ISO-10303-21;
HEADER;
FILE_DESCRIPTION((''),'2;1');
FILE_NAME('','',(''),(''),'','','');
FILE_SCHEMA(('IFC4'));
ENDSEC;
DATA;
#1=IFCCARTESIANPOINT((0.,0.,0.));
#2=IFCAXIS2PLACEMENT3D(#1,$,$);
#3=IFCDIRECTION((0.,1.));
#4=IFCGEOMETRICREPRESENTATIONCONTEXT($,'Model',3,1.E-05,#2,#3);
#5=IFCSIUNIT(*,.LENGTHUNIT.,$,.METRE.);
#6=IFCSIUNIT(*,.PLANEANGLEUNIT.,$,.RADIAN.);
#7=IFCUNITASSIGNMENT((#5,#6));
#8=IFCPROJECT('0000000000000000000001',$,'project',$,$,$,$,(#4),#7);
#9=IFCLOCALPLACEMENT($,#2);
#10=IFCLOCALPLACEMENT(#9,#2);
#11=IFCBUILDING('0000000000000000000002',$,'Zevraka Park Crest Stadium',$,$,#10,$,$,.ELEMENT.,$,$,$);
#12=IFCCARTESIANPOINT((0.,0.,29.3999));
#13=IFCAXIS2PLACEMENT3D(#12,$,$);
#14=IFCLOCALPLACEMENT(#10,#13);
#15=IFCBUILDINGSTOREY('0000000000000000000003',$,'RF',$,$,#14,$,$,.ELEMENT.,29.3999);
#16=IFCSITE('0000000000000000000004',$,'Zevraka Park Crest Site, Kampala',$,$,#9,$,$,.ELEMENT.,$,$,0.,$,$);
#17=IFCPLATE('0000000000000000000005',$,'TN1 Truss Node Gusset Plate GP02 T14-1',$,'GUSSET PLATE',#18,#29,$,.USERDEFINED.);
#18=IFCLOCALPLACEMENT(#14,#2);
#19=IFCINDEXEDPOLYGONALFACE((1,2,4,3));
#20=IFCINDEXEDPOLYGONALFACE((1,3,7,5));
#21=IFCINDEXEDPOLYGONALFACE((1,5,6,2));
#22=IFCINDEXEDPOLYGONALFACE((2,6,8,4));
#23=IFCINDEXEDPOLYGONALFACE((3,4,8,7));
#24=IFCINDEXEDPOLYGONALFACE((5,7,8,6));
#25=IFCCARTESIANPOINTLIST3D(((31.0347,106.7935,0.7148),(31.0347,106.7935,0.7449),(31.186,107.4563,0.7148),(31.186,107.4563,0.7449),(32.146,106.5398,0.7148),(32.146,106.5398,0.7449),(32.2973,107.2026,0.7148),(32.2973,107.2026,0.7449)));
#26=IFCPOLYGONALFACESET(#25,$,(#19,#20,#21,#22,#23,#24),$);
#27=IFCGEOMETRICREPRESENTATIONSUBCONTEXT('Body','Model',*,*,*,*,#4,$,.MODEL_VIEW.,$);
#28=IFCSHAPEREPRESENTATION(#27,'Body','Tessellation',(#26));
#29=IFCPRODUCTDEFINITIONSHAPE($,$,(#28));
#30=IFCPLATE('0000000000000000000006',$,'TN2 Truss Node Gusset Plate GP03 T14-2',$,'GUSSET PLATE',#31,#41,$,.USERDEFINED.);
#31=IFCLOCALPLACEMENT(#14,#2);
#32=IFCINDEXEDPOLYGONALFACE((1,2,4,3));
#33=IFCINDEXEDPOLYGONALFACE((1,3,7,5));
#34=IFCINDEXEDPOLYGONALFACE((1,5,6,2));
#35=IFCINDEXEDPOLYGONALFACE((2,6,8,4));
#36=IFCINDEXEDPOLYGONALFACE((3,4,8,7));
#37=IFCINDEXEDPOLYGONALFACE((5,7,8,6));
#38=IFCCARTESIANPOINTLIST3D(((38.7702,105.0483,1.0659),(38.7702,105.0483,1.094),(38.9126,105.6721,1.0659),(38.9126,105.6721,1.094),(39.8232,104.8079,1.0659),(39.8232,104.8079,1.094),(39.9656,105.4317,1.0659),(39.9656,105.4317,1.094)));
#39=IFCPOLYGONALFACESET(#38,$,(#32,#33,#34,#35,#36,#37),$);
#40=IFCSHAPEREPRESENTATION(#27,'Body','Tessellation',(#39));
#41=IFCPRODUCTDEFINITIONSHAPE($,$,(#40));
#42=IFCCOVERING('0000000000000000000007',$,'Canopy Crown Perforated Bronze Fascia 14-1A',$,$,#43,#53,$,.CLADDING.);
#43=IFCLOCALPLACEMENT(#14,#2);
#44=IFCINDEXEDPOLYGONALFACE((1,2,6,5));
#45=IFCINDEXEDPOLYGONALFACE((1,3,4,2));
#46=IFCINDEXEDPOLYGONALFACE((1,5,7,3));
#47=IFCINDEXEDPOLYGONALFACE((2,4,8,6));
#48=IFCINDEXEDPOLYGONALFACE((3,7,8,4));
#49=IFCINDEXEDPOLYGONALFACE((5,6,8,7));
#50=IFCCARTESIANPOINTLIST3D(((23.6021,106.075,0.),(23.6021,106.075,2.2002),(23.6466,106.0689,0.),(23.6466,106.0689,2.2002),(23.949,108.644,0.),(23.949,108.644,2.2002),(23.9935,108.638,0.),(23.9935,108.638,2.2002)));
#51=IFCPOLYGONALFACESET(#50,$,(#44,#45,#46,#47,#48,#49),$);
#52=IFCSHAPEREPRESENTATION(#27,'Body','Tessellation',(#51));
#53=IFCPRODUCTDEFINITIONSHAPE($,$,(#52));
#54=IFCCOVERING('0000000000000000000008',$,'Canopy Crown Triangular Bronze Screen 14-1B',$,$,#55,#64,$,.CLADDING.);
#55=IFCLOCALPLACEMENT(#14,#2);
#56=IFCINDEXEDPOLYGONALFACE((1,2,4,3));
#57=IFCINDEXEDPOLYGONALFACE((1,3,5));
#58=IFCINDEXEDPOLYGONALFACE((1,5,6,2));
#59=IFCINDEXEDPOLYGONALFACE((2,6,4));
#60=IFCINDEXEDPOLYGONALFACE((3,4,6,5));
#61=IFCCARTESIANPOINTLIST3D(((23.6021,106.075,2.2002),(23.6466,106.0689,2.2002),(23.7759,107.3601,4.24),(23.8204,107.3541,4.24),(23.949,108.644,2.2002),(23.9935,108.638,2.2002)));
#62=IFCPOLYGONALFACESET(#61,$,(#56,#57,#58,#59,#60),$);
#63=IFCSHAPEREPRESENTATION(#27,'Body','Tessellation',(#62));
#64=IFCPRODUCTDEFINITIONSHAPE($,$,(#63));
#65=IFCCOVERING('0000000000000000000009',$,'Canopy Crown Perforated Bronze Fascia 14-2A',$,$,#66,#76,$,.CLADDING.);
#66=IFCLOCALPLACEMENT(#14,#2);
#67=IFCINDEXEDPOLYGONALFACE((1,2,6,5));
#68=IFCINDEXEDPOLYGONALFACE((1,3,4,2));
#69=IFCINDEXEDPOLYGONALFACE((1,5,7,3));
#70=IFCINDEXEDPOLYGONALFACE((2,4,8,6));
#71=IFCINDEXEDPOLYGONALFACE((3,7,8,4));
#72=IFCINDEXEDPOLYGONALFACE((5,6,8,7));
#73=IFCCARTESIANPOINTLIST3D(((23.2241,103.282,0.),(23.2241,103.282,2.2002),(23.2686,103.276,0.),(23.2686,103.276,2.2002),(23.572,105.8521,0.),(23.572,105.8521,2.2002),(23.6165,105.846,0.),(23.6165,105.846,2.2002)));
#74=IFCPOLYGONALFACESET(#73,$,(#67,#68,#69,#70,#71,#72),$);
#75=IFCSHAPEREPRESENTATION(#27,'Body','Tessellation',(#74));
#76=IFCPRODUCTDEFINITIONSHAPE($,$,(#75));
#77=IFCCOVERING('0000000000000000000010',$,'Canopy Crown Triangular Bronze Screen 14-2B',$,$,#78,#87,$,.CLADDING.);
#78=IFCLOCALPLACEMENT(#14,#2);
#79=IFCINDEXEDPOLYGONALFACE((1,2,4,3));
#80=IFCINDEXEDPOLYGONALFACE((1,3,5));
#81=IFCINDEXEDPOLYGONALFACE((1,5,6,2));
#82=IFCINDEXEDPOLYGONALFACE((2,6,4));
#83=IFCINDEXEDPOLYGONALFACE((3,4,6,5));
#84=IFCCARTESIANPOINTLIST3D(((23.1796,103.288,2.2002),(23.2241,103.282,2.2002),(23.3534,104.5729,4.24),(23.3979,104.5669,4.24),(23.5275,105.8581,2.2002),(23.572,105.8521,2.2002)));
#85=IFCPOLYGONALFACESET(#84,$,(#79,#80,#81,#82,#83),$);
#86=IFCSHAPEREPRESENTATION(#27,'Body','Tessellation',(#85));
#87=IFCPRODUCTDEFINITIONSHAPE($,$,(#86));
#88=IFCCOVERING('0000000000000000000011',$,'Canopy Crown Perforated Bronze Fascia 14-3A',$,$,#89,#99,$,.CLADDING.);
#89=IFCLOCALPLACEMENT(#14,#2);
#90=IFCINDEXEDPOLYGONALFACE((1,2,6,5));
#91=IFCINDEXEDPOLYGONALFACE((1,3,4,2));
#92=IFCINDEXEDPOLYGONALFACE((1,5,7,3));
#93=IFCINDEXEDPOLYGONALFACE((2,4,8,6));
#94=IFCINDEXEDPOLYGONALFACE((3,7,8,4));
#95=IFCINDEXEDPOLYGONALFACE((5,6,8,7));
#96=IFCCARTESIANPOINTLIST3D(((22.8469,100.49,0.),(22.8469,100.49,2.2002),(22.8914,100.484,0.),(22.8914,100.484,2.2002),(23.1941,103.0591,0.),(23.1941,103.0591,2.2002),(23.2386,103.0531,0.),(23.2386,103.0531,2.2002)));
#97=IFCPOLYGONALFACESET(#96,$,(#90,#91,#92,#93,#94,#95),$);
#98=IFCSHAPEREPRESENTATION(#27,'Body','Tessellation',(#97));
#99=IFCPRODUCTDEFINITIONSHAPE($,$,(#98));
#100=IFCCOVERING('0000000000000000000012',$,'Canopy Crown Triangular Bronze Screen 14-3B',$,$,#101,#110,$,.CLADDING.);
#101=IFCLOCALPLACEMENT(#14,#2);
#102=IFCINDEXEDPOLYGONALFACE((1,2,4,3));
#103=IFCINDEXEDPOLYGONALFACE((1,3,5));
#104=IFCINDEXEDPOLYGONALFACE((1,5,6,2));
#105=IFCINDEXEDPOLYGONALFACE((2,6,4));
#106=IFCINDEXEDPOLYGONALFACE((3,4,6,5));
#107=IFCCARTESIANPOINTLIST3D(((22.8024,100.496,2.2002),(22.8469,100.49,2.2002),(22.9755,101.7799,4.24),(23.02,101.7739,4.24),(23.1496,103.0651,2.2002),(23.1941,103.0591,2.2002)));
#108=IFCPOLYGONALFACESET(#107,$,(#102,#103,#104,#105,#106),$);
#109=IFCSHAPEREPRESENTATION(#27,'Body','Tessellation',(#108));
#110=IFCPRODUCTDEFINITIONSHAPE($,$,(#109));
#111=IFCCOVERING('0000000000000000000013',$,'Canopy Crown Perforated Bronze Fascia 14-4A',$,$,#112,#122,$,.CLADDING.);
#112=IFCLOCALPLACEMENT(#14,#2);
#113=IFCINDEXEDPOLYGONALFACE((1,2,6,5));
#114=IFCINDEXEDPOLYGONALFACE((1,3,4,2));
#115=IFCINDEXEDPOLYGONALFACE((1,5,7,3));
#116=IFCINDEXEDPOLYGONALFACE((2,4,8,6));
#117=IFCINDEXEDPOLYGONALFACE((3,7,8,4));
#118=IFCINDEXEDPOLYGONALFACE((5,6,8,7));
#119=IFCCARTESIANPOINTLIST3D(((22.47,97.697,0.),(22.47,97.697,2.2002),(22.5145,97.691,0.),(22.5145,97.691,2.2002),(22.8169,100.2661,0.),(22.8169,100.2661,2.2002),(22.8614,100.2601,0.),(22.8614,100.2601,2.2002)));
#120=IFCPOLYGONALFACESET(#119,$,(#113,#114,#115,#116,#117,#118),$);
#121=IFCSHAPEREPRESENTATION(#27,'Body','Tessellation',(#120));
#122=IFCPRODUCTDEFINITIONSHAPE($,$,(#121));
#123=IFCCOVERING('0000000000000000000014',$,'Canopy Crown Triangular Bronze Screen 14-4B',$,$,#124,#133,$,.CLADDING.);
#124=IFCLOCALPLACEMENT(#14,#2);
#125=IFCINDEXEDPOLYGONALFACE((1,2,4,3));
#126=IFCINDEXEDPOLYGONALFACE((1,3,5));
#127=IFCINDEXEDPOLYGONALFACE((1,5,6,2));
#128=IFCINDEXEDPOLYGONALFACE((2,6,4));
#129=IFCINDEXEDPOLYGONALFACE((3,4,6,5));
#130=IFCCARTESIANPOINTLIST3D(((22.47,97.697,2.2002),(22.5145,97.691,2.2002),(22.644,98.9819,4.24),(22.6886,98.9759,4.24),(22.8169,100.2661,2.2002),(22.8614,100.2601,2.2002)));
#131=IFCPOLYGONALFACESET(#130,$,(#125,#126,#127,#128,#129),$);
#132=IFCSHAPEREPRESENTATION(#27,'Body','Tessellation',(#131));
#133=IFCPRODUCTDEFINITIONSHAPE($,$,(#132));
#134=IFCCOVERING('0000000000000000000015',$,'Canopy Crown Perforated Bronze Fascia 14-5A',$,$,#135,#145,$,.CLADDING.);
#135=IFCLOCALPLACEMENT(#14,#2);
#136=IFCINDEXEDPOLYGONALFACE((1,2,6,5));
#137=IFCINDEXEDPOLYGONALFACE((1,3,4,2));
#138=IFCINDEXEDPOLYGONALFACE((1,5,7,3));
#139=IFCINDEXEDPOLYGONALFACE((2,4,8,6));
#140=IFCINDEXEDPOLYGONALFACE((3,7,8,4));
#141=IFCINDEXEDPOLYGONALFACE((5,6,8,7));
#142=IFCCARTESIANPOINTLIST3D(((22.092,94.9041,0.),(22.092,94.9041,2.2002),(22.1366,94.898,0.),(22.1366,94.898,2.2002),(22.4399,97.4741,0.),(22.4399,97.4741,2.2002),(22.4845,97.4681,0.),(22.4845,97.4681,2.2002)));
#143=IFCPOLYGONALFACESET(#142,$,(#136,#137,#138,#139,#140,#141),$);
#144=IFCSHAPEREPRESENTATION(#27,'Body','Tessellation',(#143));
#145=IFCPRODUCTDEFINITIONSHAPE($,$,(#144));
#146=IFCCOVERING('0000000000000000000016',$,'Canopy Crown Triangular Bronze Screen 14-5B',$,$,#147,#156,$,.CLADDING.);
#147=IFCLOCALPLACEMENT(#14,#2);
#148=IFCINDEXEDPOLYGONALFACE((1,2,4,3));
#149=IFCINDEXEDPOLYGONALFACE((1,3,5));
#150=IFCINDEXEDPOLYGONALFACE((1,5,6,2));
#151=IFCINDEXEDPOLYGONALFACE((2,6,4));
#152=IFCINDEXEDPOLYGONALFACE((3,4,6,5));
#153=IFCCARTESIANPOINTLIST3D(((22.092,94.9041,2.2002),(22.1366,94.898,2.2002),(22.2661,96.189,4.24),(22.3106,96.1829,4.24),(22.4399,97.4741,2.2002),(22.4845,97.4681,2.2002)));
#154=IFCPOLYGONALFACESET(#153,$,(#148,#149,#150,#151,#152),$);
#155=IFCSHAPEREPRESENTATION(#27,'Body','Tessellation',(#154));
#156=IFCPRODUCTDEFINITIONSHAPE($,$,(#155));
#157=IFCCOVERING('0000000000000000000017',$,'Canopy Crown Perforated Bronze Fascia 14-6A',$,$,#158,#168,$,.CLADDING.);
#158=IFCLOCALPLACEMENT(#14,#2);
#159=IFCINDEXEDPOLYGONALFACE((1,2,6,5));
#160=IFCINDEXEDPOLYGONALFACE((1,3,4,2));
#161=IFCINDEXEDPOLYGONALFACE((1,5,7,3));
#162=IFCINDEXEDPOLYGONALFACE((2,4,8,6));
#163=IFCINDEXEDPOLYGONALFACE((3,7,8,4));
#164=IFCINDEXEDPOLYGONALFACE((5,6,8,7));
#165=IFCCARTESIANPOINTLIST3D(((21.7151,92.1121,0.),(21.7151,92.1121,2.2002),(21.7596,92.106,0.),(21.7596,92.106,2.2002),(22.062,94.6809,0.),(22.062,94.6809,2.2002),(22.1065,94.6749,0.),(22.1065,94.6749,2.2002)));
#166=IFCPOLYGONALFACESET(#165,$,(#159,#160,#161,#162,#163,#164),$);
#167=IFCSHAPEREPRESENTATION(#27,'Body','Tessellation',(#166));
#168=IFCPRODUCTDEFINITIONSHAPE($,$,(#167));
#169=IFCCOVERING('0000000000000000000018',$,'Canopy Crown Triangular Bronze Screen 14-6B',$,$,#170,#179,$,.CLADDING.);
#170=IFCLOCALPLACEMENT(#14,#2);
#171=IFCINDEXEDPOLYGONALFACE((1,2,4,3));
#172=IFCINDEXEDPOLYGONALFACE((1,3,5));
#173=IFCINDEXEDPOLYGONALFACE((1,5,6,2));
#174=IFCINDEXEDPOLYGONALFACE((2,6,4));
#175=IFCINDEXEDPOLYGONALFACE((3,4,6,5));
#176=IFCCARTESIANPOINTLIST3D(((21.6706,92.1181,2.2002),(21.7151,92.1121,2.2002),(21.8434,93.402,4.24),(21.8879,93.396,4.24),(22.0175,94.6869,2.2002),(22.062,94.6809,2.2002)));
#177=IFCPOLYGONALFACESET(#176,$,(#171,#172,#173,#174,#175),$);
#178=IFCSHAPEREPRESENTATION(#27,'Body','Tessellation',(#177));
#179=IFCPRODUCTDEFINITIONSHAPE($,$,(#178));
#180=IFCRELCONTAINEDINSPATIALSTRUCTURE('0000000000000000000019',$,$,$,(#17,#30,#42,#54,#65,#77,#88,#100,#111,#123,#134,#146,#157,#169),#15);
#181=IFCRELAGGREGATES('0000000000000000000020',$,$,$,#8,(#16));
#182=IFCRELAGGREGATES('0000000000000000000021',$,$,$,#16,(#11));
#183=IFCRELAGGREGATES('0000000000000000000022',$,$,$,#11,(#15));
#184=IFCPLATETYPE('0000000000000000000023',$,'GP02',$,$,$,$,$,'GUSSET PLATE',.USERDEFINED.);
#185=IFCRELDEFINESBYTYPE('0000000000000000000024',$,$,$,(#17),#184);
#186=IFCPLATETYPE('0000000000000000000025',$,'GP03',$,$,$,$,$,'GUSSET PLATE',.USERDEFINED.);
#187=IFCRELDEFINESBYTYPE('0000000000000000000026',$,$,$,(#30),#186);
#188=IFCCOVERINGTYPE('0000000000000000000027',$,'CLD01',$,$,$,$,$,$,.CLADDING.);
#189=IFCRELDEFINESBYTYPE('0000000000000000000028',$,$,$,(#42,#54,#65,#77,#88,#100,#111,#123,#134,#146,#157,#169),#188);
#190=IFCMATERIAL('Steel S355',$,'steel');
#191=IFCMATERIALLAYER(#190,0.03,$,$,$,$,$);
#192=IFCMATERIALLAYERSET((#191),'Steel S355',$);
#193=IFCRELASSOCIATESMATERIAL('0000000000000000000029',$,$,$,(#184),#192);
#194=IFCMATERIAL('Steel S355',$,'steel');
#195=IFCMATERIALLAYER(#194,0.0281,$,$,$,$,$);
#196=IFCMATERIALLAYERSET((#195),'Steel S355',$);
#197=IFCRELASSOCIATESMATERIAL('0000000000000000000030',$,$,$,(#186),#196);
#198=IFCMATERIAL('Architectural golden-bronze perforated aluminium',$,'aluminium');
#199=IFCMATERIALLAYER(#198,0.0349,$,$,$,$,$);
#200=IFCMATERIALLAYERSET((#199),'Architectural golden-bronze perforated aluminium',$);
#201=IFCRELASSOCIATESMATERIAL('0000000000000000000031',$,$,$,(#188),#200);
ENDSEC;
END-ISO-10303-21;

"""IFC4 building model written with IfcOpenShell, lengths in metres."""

from ifc_helpers import new_model, si_unit, direction, frame, origin, origin_2d, place, context, subcontext, project, spatial, polyline, rectangle, outline, extrude, material, layer, layer_set, type_object, element, save


model = new_model("IFC4")

# Units and contexts
model_context = context("Model", 3, precision=1e-05, world=origin(), true_north=direction((0.0, 1.0)))
body_context = subcontext(model_context, "Body", "Model", "MODEL_VIEW")
ifc_project = project(units=[si_unit("LENGTHUNIT", "METRE"), si_unit("PLANEANGLEUNIT", "RADIAN")], contexts=[model_context])

# Site, building, storey
site_placement = place(None, origin())
site = spatial("IfcSite", under=ifc_project, at=site_placement, Name="Zevraka Park Crest Site, Kampala", CompositionType="ELEMENT", RefElevation=0.0)
building_placement = place(site_placement, origin())
building = spatial("IfcBuilding", under=site, at=building_placement, Name="Zevraka Park Crest Stadium", CompositionType="ELEMENT")
storey_placement = place(building_placement, frame((0.0, 0.0, 29.3999)))
storey = spatial("IfcBuildingStorey", under=building, at=storey_placement, Name="RF", CompositionType="ELEMENT", Elevation=29.3999)

# Plates
ifc_material_1 = material(Name="Steel S355", Category="steel")
ifc_layer_1 = layer(ifc_material_1, 0.03)
ifc_layer_set_1 = layer_set([ifc_layer_1], Name="Steel S355")
plate_type_1 = type_object("IfcPlateType", Name="GP02", ElementType="GUSSET PLATE", PredefinedType="USERDEFINED", material=ifc_layer_set_1)
plate_1_placement = place(storey_placement, frame((31.666, 106.998, 0.7148), z_axis=(0.0, 0.0, 1.0), x_axis=(-0.974917, 0.22257, 0.0)))
element("IfcPlate", 1, at=plate_1_placement, inside=storey, type_object=plate_type_1, Name="TN1 Truss Node Gusset Plate GP02 T14-1", ObjectType="GUSSET PLATE", PredefinedType="USERDEFINED", context=body_context, shape_type="SweptSolid", body=[
    extrude(rectangle(XDim=1.1399, YDim=0.6799, at=origin_2d()), origin(), (0.0, 0.0, 1.0), 0.03),
])
ifc_material_2 = material(Name="Steel S355", Category="steel")
ifc_layer_2 = layer(ifc_material_2, 0.0281)
ifc_layer_set_2 = layer_set([ifc_layer_2], Name="Steel S355")
plate_type_2 = type_object("IfcPlateType", Name="GP03", ElementType="GUSSET PLATE", PredefinedType="USERDEFINED", material=ifc_layer_set_2)
plate_2_placement = place(storey_placement, frame((39.3679, 105.24, 1.0659), z_axis=(0.0, 0.0, 1.0), x_axis=(-0.974917, 0.22257, 0.0)))
element("IfcPlate", 2, at=plate_2_placement, inside=storey, type_object=plate_type_2, Name="TN2 Truss Node Gusset Plate GP03 T14-2", ObjectType="GUSSET PLATE", PredefinedType="USERDEFINED", context=body_context, shape_type="SweptSolid", body=[
    extrude(rectangle(XDim=1.0801, YDim=0.6399, at=origin_2d()), origin(), (0.0, 0.0, 1.0), 0.0281),
])

# Coverings
ifc_material_3 = material(Name="Architectural golden-bronze perforated aluminium", Category="aluminium")
ifc_layer_3 = layer(ifc_material_3, 0.0349)
ifc_layer_set_3 = layer_set([ifc_layer_3], Name="Architectural golden-bronze perforated aluminium")
covering_type = type_object("IfcCoveringType", Name="CLD01", PredefinedType="CLADDING", material=ifc_layer_set_3)
covering_1_placement = place(storey_placement, frame((23.949, 108.644, 0.0), z_axis=(-0.991005, 0.133823, 0.0), x_axis=(-0.133823, -0.991005, 0.0)))
element("IfcCovering", 3, at=covering_1_placement, inside=storey, type_object=covering_type, Name="Canopy Crown Perforated Bronze Fascia 14-1A", PredefinedType="CLADDING", context=body_context, shape_type="SweptSolid", body=[
    extrude(outline(polyline([(0.0, 0.0), (2.5924, 0.0), (2.5924, 2.2002), (0.0, 2.2002), (0.0, 0.0)])), origin(), (0.0, 0.0, -1.0), 0.0449),
])
covering_2_placement = place(storey_placement, frame((23.949, 108.644, 2.2002), z_axis=(-0.991005, 0.133823, 0.000138), x_axis=(-0.133823, -0.991005, 0.0)))
element("IfcCovering", 4, at=covering_2_placement, inside=storey, type_object=covering_type, Name="Canopy Crown Triangular Bronze Screen 14-1B", PredefinedType="CLADDING", context=body_context, shape_type="SweptSolid", body=[
    extrude(outline(polyline([(0.0, 0.0), (2.5924, 0.0), (1.2956, 2.0398), (0.0, 0.0)])), origin(), (0.0, 0.0, -1.0), 0.0449),
])
covering_3_placement = place(storey_placement, frame((23.572, 105.8521, 0.0), z_axis=(-0.990962, 0.134143, 0.0), x_axis=(-0.134143, -0.990962, 0.0)))
element("IfcCovering", 5, at=covering_3_placement, inside=storey, type_object=covering_type, Name="Canopy Crown Perforated Bronze Fascia 14-2A", PredefinedType="CLADDING", context=body_context, shape_type="SweptSolid", body=[
    extrude(outline(polyline([(0.0, 0.0), (2.5935, 0.0), (2.5935, 2.2002), (0.0, 2.2002), (0.0, 0.0)])), origin(), (0.0, 0.0, -1.0), 0.0449),
])
covering_4_placement = place(storey_placement, frame((23.572, 105.8521, 2.2002), z_axis=(0.990962, -0.134143, 0.000051), x_axis=(-0.134143, -0.990962, 0.0)))
element("IfcCovering", 6, at=covering_4_placement, inside=storey, type_object=covering_type, Name="Canopy Crown Triangular Bronze Screen 14-2B", PredefinedType="CLADDING", context=body_context, shape_type="SweptSolid", body=[
    extrude(outline(polyline([(0.0, 0.0), (2.5935, 0.0), (1.2969, -2.0398), (0.0, 0.0)])), origin(), (0.0, 0.0, -1.0), 0.0449),
])
covering_5_placement = place(storey_placement, frame((23.1941, 103.0591, 0.0), z_axis=(-0.990993, 0.133915, 0.0), x_axis=(-0.133915, -0.990993, 0.0)))
element("IfcCovering", 7, at=covering_5_placement, inside=storey, type_object=covering_type, Name="Canopy Crown Perforated Bronze Fascia 14-3A", PredefinedType="CLADDING", context=body_context, shape_type="SweptSolid", body=[
    extrude(outline(polyline([(0.0, 0.0), (2.5924, 0.0), (2.5924, 2.2002), (0.0, 2.2002), (0.0, 0.0)])), origin(), (0.0, 0.0, -1.0), 0.0449),
])
covering_6_placement = place(storey_placement, frame((23.1941, 103.0591, 2.2002), z_axis=(0.990993, -0.133915, 0.000197), x_axis=(-0.133915, -0.990993, 0.0)))
element("IfcCovering", 8, at=covering_6_placement, inside=storey, type_object=covering_type, Name="Canopy Crown Triangular Bronze Screen 14-3B", PredefinedType="CLADDING", context=body_context, shape_type="SweptSolid", body=[
    extrude(outline(polyline([(0.0, 0.0), (2.5924, 0.0), (1.2969, -2.0398), (0.0, 0.0)])), origin(), (0.0, 0.0, -1.0), 0.0449),
])
covering_7_placement = place(storey_placement, frame((22.8169, 100.2661, 0.0), z_axis=(-0.991005, 0.133823, 0.0), x_axis=(-0.133823, -0.991005, 0.0)))
element("IfcCovering", 9, at=covering_7_placement, inside=storey, type_object=covering_type, Name="Canopy Crown Perforated Bronze Fascia 14-4A", PredefinedType="CLADDING", context=body_context, shape_type="SweptSolid", body=[
    extrude(outline(polyline([(0.0, 0.0), (2.5924, 0.0), (2.5924, 2.2002), (0.0, 2.2002), (0.0, 0.0)])), origin(), (0.0, 0.0, -1.0), 0.0449),
])
covering_8_placement = place(storey_placement, frame((22.8169, 100.2661, 2.2002), z_axis=(-0.991005, 0.133823, 0.000273), x_axis=(-0.133823, -0.991005, 0.0)))
element("IfcCovering", 10, at=covering_8_placement, inside=storey, type_object=covering_type, Name="Canopy Crown Triangular Bronze Screen 14-4B", PredefinedType="CLADDING", context=body_context, shape_type="SweptSolid", body=[
    extrude(outline(polyline([(0.0, 0.0), (2.5924, 0.0), (1.2958, 2.0398), (0.0, 0.0)])), origin(), (0.0, 0.0, -1.0), 0.0449),
])
covering_9_placement = place(storey_placement, frame((22.4399, 97.4741, 0.0), z_axis=(-0.990962, 0.134143, 0.0), x_axis=(-0.134143, -0.990962, 0.0)))
element("IfcCovering", 11, at=covering_9_placement, inside=storey, type_object=covering_type, Name="Canopy Crown Perforated Bronze Fascia 14-5A", PredefinedType="CLADDING", context=body_context, shape_type="SweptSolid", body=[
    extrude(outline(polyline([(0.0, 0.0), (2.5935, 0.0), (2.5935, 2.2002), (0.0, 2.2002), (0.0, 0.0)])), origin(), (0.0, 0.0, -1.0), 0.0449),
])
covering_10_placement = place(storey_placement, frame((22.4399, 97.4741, 2.2002), z_axis=(-0.990962, 0.134143, 0.000067), x_axis=(-0.134143, -0.990962, 0.0)))
element("IfcCovering", 12, at=covering_10_placement, inside=storey, type_object=covering_type, Name="Canopy Crown Triangular Bronze Screen 14-5B", PredefinedType="CLADDING", context=body_context, shape_type="SweptSolid", body=[
    extrude(outline(polyline([(0.0, 0.0), (2.5935, 0.0), (1.2969, 2.0398), (0.0, 0.0)])), origin(), (0.0, 0.0, -1.0), 0.0449),
])
covering_11_placement = place(storey_placement, frame((22.062, 94.6809, 0.0), z_axis=(-0.991004, 0.133835, 0.0), x_axis=(-0.133835, -0.991004, 0.0)))
element("IfcCovering", 13, at=covering_11_placement, inside=storey, type_object=covering_type, Name="Canopy Crown Perforated Bronze Fascia 14-6A", PredefinedType="CLADDING", context=body_context, shape_type="SweptSolid", body=[
    extrude(outline(polyline([(0.0, 0.0), (2.5922, 0.0), (2.5922, 2.2002), (0.0, 2.2002), (0.0, 0.0)])), origin(), (0.0, 0.0, -1.0), 0.0449),
])
covering_12_placement = place(storey_placement, frame((22.062, 94.6809, 2.2002), z_axis=(0.991004, -0.133835, 0.000264), x_axis=(-0.133835, -0.991004, 0.0)))
element("IfcCovering", 14, at=covering_12_placement, inside=storey, type_object=covering_type, Name="Canopy Crown Triangular Bronze Screen 14-6B", PredefinedType="CLADDING", context=body_context, shape_type="SweptSolid", body=[
    extrude(outline(polyline([(0.0, 0.0), (2.5922, 0.0), (1.2966, -2.0398), (0.0, 0.0)])), origin(), (0.0, 0.0, -1.0), 0.0449),
])

save(model, "model.ifc")
